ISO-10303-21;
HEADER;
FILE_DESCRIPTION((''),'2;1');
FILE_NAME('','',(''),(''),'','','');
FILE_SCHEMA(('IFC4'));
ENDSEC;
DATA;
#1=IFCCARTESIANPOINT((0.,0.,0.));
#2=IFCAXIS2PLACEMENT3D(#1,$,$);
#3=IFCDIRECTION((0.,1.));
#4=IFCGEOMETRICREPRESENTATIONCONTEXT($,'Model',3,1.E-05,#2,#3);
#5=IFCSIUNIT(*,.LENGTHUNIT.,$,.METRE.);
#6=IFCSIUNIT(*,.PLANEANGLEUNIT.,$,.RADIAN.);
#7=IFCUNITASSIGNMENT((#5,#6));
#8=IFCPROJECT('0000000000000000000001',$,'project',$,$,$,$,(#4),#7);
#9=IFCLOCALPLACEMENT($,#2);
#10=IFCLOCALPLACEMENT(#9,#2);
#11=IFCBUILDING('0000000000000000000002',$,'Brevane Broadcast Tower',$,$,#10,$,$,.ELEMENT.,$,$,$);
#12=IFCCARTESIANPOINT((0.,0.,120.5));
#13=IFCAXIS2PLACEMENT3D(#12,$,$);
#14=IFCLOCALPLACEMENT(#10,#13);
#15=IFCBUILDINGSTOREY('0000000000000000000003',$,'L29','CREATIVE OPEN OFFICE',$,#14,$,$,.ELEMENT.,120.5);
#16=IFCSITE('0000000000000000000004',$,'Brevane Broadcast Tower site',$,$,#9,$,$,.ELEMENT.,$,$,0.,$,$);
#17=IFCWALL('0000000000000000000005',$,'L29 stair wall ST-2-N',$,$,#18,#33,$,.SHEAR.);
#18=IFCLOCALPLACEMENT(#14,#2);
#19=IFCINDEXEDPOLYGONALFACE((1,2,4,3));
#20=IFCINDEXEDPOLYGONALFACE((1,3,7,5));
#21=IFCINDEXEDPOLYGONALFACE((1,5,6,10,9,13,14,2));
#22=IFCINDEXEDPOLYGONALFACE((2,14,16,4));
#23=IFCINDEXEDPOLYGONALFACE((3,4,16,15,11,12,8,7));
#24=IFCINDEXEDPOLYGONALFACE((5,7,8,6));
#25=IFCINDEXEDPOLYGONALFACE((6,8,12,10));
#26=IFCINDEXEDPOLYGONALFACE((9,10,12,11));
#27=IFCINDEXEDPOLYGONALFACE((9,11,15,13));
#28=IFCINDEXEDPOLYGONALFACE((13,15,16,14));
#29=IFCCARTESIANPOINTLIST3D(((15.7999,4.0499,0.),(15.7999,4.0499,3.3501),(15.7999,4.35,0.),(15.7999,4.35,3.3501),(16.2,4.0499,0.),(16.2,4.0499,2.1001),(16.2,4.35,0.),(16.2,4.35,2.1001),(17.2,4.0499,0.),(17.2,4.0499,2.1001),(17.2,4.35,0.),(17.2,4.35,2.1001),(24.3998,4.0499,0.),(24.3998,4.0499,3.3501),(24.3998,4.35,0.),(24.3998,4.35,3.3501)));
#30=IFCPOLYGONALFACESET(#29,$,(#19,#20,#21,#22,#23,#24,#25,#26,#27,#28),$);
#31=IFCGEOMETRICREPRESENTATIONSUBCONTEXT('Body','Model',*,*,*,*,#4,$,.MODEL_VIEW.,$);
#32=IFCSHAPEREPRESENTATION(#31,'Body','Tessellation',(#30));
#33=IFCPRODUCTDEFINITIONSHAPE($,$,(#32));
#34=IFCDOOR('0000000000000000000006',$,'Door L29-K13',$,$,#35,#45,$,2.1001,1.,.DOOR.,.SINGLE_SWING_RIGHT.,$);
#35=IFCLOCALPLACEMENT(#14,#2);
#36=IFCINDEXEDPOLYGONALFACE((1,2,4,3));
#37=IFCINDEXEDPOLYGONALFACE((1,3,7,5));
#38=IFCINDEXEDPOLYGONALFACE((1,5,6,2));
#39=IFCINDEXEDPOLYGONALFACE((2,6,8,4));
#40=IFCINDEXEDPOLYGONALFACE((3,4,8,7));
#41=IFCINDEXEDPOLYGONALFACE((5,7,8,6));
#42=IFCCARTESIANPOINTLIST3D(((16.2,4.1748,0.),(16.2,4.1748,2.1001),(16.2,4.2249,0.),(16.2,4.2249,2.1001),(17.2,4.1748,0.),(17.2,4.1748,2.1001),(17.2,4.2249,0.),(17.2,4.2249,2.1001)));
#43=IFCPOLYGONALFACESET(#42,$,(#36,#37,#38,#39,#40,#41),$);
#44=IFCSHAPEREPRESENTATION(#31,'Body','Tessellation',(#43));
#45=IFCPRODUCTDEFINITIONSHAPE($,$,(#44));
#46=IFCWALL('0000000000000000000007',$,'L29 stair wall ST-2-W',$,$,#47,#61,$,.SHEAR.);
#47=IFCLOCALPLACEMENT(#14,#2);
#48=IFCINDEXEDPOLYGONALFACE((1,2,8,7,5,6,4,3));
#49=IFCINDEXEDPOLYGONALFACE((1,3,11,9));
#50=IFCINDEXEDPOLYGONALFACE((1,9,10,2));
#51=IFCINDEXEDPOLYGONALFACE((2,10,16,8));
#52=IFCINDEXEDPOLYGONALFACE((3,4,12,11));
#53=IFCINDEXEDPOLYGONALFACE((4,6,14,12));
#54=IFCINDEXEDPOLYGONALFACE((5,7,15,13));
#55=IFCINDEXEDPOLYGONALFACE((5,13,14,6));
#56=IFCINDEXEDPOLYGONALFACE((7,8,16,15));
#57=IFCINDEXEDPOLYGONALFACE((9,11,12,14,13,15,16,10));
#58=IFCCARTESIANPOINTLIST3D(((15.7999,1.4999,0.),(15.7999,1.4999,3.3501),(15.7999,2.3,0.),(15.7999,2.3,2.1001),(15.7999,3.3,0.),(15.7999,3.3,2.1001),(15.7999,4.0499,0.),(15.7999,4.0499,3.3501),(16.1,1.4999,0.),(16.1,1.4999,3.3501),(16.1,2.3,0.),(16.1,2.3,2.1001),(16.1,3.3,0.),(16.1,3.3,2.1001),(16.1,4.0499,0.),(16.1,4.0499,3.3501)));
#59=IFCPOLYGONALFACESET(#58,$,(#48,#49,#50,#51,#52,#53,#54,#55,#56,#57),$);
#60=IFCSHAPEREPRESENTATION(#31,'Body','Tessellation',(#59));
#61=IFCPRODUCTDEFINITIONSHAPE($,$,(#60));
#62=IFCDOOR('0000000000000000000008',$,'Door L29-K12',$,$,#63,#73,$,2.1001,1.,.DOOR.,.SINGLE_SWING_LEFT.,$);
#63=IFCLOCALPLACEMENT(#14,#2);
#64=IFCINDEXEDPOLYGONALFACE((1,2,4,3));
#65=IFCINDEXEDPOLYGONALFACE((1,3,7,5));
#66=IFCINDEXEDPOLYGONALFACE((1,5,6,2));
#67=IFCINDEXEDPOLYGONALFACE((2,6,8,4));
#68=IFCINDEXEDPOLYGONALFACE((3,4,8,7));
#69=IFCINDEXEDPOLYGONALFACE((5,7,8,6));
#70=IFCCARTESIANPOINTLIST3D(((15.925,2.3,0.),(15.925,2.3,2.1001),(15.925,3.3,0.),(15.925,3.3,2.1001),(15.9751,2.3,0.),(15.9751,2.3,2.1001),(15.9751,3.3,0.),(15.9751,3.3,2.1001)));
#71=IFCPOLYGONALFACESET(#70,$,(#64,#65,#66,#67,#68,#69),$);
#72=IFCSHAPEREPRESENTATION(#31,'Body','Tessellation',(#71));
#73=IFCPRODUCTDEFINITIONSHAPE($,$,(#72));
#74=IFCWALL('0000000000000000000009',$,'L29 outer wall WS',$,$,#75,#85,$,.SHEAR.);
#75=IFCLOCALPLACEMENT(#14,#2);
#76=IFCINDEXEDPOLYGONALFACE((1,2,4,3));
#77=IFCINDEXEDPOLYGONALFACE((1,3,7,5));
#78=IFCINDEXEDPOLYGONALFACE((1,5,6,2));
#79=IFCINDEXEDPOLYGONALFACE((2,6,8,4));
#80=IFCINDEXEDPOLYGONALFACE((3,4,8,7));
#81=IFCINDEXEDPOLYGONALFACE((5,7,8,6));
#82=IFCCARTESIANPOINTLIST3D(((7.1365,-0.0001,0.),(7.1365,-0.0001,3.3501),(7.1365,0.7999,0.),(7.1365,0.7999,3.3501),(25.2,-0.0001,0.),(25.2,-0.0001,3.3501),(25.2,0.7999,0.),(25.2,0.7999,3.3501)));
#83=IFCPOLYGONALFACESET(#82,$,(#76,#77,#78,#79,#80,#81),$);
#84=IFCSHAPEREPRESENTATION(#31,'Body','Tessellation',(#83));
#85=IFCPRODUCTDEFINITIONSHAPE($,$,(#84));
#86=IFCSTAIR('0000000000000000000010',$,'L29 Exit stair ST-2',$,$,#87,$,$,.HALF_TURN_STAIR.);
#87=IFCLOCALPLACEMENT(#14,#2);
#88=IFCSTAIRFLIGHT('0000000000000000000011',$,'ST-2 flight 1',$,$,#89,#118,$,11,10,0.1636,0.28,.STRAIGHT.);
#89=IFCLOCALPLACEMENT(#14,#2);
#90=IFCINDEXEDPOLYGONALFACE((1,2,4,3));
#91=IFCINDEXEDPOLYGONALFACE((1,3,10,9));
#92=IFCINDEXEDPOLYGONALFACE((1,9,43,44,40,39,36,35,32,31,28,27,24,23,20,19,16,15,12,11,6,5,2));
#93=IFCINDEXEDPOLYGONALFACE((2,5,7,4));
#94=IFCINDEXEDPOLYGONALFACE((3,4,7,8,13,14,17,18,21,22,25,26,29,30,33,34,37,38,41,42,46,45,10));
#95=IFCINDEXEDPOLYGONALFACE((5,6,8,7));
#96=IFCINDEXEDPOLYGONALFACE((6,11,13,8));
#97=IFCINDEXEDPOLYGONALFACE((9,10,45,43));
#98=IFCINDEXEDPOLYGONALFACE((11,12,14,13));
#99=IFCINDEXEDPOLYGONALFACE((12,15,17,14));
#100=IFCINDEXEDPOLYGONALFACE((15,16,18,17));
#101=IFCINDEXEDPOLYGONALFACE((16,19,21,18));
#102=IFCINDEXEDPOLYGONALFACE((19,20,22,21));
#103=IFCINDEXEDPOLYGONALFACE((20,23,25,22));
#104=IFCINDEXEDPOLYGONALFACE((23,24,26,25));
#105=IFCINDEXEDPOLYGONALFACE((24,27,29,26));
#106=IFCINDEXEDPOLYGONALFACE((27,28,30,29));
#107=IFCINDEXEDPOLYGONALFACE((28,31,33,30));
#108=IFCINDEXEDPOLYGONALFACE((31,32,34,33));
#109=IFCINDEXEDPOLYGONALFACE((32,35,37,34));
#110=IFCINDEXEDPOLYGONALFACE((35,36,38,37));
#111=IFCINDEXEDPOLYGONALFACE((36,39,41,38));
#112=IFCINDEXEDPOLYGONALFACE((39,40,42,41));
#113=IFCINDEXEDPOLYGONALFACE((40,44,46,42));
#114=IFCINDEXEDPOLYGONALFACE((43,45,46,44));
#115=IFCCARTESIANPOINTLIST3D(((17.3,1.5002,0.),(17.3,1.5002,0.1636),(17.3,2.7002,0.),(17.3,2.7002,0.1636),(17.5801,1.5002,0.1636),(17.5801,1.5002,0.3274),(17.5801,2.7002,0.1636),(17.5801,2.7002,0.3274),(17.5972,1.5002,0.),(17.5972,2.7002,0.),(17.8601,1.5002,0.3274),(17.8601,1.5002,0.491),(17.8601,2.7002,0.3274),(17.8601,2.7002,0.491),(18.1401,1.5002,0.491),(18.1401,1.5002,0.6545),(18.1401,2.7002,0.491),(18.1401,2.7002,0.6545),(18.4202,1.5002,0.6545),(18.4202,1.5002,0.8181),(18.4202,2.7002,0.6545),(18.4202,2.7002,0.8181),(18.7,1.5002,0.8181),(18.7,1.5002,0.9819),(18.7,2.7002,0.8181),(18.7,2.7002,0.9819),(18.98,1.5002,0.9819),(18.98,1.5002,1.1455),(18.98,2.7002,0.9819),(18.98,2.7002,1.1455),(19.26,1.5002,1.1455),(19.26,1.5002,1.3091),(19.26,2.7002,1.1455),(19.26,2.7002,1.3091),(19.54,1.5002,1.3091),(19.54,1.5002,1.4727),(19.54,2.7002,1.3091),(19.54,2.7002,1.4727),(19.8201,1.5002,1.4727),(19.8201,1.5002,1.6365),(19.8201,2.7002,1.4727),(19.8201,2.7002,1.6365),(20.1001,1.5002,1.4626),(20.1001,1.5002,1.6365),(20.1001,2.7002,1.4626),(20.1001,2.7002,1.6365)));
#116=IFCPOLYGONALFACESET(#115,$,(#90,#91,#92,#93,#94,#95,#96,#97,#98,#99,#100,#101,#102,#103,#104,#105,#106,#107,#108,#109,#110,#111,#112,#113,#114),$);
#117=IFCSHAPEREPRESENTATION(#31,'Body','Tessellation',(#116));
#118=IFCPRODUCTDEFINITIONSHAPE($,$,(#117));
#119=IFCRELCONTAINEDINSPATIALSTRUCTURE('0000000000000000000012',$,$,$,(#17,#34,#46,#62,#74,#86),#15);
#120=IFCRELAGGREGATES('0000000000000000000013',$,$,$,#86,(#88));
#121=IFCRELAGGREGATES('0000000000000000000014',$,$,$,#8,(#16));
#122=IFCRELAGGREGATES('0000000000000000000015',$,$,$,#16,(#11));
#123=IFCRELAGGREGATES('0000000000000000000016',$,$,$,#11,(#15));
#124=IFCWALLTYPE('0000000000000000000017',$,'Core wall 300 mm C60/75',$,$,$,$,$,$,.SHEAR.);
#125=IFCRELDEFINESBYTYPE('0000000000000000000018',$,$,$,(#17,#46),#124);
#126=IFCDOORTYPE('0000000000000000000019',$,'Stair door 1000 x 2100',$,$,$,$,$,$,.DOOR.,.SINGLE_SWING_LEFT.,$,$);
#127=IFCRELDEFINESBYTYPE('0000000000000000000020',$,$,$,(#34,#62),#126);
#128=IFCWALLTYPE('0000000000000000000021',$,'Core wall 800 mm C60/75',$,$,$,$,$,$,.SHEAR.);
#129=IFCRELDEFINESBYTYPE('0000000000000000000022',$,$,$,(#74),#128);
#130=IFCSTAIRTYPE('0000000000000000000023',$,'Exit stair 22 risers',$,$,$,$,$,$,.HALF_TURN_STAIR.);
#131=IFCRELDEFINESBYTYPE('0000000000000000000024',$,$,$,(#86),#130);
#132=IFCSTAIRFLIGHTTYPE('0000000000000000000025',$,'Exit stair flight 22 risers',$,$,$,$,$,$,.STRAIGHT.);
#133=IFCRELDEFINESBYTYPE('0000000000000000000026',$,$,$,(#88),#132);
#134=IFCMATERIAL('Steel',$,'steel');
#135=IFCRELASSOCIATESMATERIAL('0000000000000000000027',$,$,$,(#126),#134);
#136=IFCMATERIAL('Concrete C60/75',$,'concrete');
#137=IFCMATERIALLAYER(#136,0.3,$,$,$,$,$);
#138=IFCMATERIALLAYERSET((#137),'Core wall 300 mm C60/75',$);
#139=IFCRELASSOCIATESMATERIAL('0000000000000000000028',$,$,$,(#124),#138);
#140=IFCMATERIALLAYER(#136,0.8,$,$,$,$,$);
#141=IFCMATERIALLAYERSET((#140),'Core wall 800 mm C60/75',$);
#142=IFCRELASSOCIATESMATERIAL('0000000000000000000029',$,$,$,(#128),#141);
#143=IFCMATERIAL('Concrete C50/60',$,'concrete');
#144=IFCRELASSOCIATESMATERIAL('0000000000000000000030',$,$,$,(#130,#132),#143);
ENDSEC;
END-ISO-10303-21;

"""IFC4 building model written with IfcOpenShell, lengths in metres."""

from ifc_helpers import new_model, si_unit, direction, frame, frame_2d, origin, place, context, subcontext, project, spatial, polyline, rectangle, outline, extrude, material, layer, layer_set, type_object, element, fill, aggregate, save


model = new_model("IFC4")

# Units and contexts
model_context = context("Model", 3, precision=1e-05, world=origin(), true_north=direction((0.0, 1.0)))
body_context = subcontext(model_context, "Body", "Model", "MODEL_VIEW")
ifc_project = project(units=[si_unit("LENGTHUNIT", "METRE"), si_unit("PLANEANGLEUNIT", "RADIAN")], contexts=[model_context])

# Site, building, storey
site_placement = place(None, origin())
site = spatial("IfcSite", under=ifc_project, at=site_placement, Name="Brevane Broadcast Tower site", CompositionType="ELEMENT", RefElevation=0.0)
building_placement = place(site_placement, origin())
building = spatial("IfcBuilding", under=site, at=building_placement, Name="Brevane Broadcast Tower", CompositionType="ELEMENT")
storey_placement = place(building_placement, frame((0.0, 0.0, 120.5)))
storey = spatial("IfcBuildingStorey", under=building, at=storey_placement, Name="L29", Description="CREATIVE OPEN OFFICE", CompositionType="ELEMENT", Elevation=120.5)

# Shared definitions
ifc_material_1 = material(Name="Steel", Category="steel")
door_type_1 = type_object("IfcDoorType", Name="Stair door 1000 x 2100", OperationType="SINGLE_SWING_LEFT", PredefinedType="DOOR", material=ifc_material_1)

# Shared definitions
ifc_material_2 = material(Name="Concrete C60/75", Category="concrete")
ifc_layer_1 = layer(ifc_material_2, 0.3)
ifc_layer_set_1 = layer_set([ifc_layer_1], Name="Core wall 300 mm C60/75")
wall_type_1 = type_object("IfcWallType", Name="Core wall 300 mm C60/75", PredefinedType="SHEAR", material=ifc_layer_set_1)

# Walls, openings, doors
wall_1_placement = place(storey_placement, frame((15.8, 4.2, 0.0), z_axis=(0.0, 0.0, 1.0), x_axis=(1.0, 0.0, 0.0)))
wall_1 = element("IfcWall", 1, at=wall_1_placement, inside=storey, type_object=wall_type_1, Name="L29 stair wall ST-2-N", PredefinedType="SHEAR", context=body_context, shape_type="SweptSolid", body=[
    extrude(rectangle(XDim=8.5999, YDim=0.3, at=frame_2d((4.2998, 0.0))), origin(), (0.0, 0.0, 1.0), 3.3501),
])
opening_1_placement = place(wall_1_placement, frame((0.3999, 0.0, 0.0)))
opening_1 = element("IfcOpeningElement", 2, at=opening_1_placement, cuts=wall_1, PredefinedType="OPENING", context=body_context, shape_type="SweptSolid", body=[
    extrude(rectangle(XDim=1.0, YDim=2.1001, at=frame_2d((0.5, 1.05))), frame((0.0, 0.1599, 0.0), z_axis=(0.0, -1.0, 0.0), x_axis=(1.0, 0.0, 0.0)), (0.0, 0.0, 1.0), 0.3201),
])
door_1_placement = place(opening_1_placement, origin())
door_1 = element("IfcDoor", 3, at=door_1_placement, inside=storey, type_object=door_type_1, Name="Door L29-K13", OperationType="SINGLE_SWING_RIGHT", OverallHeight=2.1001, OverallWidth=1.0, PredefinedType="DOOR", context=body_context, shape_type="SweptSolid", body=[
    extrude(rectangle(XDim=1.0, YDim=2.1001, at=frame_2d((0.5, 1.05))), frame((0.0, 0.0249, 0.0), z_axis=(0.0, -1.0, 0.0), x_axis=(1.0, 0.0, 0.0)), (0.0, 0.0, 1.0), 0.05),
])
fill(opening_1, door_1)
wall_2_placement = place(storey_placement, frame((15.95, 1.5, 0.0), z_axis=(0.0, 0.0, 1.0), x_axis=(0.0, 1.0, 0.0)))
wall_2 = element("IfcWall", 4, at=wall_2_placement, inside=storey, type_object=wall_type_1, Name="L29 stair wall ST-2-W", PredefinedType="SHEAR", context=body_context, shape_type="SweptSolid", body=[
    extrude(rectangle(XDim=2.55, YDim=0.3, at=frame_2d((1.2749, 0.0))), origin(), (0.0, 0.0, 1.0), 3.3501),
])
opening_2_placement = place(wall_2_placement, frame((0.8, 0.0, 0.0)))
opening_2 = element("IfcOpeningElement", 5, at=opening_2_placement, cuts=wall_2, PredefinedType="OPENING", context=body_context, shape_type="SweptSolid", body=[
    extrude(rectangle(XDim=1.0, YDim=2.1001, at=frame_2d((0.5, 1.05))), frame((0.0, 0.1599, 0.0), z_axis=(0.0, -1.0, 0.0), x_axis=(1.0, 0.0, 0.0)), (0.0, 0.0, 1.0), 0.3201),
])
door_2_placement = place(opening_2_placement, origin())
door_2 = element("IfcDoor", 6, at=door_2_placement, inside=storey, type_object=door_type_1, Name="Door L29-K12", OperationType="SINGLE_SWING_LEFT", OverallHeight=2.1001, OverallWidth=1.0, PredefinedType="DOOR", context=body_context, shape_type="SweptSolid", body=[
    extrude(rectangle(XDim=1.0, YDim=2.1001, at=frame_2d((0.5, 1.05))), frame((0.0, 0.0249, 0.0), z_axis=(0.0, -1.0, 0.0), x_axis=(1.0, 0.0, 0.0)), (0.0, 0.0, 1.0), 0.05),
])
fill(opening_2, door_2)

# Wall
ifc_layer_2 = layer(ifc_material_2, 0.8)
ifc_layer_set_2 = layer_set([ifc_layer_2], Name="Core wall 800 mm C60/75")
wall_type_2 = type_object("IfcWallType", Name="Core wall 800 mm C60/75", PredefinedType="SHEAR", material=ifc_layer_set_2)
wall_3_placement = place(storey_placement, frame((7.1365, 0.3999, 0.0), z_axis=(0.0, 0.0, 1.0), x_axis=(1.0, 0.0, 0.0)))
element("IfcWall", 7, at=wall_3_placement, inside=storey, type_object=wall_type_2, Name="L29 outer wall WS", PredefinedType="SHEAR", context=body_context, shape_type="SweptSolid", body=[
    extrude(rectangle(XDim=18.0635, YDim=0.8, at=frame_2d((9.0317, 0.0))), origin(), (0.0, 0.0, 1.0), 3.3501),
])

# Stair, stair flight
ifc_material_3 = material(Name="Concrete C50/60", Category="concrete")
stair_type = type_object("IfcStairType", Name="Exit stair 22 risers", PredefinedType="HALF_TURN_STAIR", material=ifc_material_3)
stair_placement = place(storey_placement, origin())
stair = element("IfcStair", 8, at=stair_placement, inside=storey, type_object=stair_type, Name="L29 Exit stair ST-2", PredefinedType="HALF_TURN_STAIR")
stair_flight_type = type_object("IfcStairFlightType", Name="Exit stair flight 22 risers", PredefinedType="STRAIGHT", material=ifc_material_3)
stair_flight_placement = place(storey_placement, frame((17.3, 2.1001, 0.0), z_axis=(0.0, 0.0, 1.0), x_axis=(1.0, 0.0, 0.0)))
stair_flight = element("IfcStairFlight", 9, at=stair_flight_placement, type_object=stair_flight_type, Name="ST-2 flight 1", NumberOfRisers=11, NumberOfTreads=10, PredefinedType="STRAIGHT", RiserHeight=0.1636, TreadLength=0.28, context=body_context, shape_type="SweptSolid", body=[
    extrude(outline(polyline([(0.0, 0.0), (0.0, 0.1636), (0.28, 0.1636), (0.28, 0.3274), (0.5601, 0.3274), (0.5601, 0.491), (0.8401, 0.491), (0.8401, 0.6545), (1.1201, 0.6545), (1.1201, 0.8181), (1.3999, 0.8181), (1.3999, 0.9819), (1.6799, 0.9819), (1.6799, 1.1455), (1.96, 1.1455), (1.96, 1.3091), (2.24, 1.3091), (2.24, 1.4727), (2.52, 1.4727), (2.52, 1.6365), (2.8, 1.6365), (2.8, 1.8), (2.8, 1.4626), (0.2971, 0.0), (0.0, 0.0)])), frame((0.0, 0.6001, 0.0), z_axis=(0.0, -1.0, 0.0), x_axis=(1.0, 0.0, 0.0)), (0.0, 0.0, 1.0), 1.2),
])
aggregate(stair, [stair_flight])

save(model, "model.ifc")
